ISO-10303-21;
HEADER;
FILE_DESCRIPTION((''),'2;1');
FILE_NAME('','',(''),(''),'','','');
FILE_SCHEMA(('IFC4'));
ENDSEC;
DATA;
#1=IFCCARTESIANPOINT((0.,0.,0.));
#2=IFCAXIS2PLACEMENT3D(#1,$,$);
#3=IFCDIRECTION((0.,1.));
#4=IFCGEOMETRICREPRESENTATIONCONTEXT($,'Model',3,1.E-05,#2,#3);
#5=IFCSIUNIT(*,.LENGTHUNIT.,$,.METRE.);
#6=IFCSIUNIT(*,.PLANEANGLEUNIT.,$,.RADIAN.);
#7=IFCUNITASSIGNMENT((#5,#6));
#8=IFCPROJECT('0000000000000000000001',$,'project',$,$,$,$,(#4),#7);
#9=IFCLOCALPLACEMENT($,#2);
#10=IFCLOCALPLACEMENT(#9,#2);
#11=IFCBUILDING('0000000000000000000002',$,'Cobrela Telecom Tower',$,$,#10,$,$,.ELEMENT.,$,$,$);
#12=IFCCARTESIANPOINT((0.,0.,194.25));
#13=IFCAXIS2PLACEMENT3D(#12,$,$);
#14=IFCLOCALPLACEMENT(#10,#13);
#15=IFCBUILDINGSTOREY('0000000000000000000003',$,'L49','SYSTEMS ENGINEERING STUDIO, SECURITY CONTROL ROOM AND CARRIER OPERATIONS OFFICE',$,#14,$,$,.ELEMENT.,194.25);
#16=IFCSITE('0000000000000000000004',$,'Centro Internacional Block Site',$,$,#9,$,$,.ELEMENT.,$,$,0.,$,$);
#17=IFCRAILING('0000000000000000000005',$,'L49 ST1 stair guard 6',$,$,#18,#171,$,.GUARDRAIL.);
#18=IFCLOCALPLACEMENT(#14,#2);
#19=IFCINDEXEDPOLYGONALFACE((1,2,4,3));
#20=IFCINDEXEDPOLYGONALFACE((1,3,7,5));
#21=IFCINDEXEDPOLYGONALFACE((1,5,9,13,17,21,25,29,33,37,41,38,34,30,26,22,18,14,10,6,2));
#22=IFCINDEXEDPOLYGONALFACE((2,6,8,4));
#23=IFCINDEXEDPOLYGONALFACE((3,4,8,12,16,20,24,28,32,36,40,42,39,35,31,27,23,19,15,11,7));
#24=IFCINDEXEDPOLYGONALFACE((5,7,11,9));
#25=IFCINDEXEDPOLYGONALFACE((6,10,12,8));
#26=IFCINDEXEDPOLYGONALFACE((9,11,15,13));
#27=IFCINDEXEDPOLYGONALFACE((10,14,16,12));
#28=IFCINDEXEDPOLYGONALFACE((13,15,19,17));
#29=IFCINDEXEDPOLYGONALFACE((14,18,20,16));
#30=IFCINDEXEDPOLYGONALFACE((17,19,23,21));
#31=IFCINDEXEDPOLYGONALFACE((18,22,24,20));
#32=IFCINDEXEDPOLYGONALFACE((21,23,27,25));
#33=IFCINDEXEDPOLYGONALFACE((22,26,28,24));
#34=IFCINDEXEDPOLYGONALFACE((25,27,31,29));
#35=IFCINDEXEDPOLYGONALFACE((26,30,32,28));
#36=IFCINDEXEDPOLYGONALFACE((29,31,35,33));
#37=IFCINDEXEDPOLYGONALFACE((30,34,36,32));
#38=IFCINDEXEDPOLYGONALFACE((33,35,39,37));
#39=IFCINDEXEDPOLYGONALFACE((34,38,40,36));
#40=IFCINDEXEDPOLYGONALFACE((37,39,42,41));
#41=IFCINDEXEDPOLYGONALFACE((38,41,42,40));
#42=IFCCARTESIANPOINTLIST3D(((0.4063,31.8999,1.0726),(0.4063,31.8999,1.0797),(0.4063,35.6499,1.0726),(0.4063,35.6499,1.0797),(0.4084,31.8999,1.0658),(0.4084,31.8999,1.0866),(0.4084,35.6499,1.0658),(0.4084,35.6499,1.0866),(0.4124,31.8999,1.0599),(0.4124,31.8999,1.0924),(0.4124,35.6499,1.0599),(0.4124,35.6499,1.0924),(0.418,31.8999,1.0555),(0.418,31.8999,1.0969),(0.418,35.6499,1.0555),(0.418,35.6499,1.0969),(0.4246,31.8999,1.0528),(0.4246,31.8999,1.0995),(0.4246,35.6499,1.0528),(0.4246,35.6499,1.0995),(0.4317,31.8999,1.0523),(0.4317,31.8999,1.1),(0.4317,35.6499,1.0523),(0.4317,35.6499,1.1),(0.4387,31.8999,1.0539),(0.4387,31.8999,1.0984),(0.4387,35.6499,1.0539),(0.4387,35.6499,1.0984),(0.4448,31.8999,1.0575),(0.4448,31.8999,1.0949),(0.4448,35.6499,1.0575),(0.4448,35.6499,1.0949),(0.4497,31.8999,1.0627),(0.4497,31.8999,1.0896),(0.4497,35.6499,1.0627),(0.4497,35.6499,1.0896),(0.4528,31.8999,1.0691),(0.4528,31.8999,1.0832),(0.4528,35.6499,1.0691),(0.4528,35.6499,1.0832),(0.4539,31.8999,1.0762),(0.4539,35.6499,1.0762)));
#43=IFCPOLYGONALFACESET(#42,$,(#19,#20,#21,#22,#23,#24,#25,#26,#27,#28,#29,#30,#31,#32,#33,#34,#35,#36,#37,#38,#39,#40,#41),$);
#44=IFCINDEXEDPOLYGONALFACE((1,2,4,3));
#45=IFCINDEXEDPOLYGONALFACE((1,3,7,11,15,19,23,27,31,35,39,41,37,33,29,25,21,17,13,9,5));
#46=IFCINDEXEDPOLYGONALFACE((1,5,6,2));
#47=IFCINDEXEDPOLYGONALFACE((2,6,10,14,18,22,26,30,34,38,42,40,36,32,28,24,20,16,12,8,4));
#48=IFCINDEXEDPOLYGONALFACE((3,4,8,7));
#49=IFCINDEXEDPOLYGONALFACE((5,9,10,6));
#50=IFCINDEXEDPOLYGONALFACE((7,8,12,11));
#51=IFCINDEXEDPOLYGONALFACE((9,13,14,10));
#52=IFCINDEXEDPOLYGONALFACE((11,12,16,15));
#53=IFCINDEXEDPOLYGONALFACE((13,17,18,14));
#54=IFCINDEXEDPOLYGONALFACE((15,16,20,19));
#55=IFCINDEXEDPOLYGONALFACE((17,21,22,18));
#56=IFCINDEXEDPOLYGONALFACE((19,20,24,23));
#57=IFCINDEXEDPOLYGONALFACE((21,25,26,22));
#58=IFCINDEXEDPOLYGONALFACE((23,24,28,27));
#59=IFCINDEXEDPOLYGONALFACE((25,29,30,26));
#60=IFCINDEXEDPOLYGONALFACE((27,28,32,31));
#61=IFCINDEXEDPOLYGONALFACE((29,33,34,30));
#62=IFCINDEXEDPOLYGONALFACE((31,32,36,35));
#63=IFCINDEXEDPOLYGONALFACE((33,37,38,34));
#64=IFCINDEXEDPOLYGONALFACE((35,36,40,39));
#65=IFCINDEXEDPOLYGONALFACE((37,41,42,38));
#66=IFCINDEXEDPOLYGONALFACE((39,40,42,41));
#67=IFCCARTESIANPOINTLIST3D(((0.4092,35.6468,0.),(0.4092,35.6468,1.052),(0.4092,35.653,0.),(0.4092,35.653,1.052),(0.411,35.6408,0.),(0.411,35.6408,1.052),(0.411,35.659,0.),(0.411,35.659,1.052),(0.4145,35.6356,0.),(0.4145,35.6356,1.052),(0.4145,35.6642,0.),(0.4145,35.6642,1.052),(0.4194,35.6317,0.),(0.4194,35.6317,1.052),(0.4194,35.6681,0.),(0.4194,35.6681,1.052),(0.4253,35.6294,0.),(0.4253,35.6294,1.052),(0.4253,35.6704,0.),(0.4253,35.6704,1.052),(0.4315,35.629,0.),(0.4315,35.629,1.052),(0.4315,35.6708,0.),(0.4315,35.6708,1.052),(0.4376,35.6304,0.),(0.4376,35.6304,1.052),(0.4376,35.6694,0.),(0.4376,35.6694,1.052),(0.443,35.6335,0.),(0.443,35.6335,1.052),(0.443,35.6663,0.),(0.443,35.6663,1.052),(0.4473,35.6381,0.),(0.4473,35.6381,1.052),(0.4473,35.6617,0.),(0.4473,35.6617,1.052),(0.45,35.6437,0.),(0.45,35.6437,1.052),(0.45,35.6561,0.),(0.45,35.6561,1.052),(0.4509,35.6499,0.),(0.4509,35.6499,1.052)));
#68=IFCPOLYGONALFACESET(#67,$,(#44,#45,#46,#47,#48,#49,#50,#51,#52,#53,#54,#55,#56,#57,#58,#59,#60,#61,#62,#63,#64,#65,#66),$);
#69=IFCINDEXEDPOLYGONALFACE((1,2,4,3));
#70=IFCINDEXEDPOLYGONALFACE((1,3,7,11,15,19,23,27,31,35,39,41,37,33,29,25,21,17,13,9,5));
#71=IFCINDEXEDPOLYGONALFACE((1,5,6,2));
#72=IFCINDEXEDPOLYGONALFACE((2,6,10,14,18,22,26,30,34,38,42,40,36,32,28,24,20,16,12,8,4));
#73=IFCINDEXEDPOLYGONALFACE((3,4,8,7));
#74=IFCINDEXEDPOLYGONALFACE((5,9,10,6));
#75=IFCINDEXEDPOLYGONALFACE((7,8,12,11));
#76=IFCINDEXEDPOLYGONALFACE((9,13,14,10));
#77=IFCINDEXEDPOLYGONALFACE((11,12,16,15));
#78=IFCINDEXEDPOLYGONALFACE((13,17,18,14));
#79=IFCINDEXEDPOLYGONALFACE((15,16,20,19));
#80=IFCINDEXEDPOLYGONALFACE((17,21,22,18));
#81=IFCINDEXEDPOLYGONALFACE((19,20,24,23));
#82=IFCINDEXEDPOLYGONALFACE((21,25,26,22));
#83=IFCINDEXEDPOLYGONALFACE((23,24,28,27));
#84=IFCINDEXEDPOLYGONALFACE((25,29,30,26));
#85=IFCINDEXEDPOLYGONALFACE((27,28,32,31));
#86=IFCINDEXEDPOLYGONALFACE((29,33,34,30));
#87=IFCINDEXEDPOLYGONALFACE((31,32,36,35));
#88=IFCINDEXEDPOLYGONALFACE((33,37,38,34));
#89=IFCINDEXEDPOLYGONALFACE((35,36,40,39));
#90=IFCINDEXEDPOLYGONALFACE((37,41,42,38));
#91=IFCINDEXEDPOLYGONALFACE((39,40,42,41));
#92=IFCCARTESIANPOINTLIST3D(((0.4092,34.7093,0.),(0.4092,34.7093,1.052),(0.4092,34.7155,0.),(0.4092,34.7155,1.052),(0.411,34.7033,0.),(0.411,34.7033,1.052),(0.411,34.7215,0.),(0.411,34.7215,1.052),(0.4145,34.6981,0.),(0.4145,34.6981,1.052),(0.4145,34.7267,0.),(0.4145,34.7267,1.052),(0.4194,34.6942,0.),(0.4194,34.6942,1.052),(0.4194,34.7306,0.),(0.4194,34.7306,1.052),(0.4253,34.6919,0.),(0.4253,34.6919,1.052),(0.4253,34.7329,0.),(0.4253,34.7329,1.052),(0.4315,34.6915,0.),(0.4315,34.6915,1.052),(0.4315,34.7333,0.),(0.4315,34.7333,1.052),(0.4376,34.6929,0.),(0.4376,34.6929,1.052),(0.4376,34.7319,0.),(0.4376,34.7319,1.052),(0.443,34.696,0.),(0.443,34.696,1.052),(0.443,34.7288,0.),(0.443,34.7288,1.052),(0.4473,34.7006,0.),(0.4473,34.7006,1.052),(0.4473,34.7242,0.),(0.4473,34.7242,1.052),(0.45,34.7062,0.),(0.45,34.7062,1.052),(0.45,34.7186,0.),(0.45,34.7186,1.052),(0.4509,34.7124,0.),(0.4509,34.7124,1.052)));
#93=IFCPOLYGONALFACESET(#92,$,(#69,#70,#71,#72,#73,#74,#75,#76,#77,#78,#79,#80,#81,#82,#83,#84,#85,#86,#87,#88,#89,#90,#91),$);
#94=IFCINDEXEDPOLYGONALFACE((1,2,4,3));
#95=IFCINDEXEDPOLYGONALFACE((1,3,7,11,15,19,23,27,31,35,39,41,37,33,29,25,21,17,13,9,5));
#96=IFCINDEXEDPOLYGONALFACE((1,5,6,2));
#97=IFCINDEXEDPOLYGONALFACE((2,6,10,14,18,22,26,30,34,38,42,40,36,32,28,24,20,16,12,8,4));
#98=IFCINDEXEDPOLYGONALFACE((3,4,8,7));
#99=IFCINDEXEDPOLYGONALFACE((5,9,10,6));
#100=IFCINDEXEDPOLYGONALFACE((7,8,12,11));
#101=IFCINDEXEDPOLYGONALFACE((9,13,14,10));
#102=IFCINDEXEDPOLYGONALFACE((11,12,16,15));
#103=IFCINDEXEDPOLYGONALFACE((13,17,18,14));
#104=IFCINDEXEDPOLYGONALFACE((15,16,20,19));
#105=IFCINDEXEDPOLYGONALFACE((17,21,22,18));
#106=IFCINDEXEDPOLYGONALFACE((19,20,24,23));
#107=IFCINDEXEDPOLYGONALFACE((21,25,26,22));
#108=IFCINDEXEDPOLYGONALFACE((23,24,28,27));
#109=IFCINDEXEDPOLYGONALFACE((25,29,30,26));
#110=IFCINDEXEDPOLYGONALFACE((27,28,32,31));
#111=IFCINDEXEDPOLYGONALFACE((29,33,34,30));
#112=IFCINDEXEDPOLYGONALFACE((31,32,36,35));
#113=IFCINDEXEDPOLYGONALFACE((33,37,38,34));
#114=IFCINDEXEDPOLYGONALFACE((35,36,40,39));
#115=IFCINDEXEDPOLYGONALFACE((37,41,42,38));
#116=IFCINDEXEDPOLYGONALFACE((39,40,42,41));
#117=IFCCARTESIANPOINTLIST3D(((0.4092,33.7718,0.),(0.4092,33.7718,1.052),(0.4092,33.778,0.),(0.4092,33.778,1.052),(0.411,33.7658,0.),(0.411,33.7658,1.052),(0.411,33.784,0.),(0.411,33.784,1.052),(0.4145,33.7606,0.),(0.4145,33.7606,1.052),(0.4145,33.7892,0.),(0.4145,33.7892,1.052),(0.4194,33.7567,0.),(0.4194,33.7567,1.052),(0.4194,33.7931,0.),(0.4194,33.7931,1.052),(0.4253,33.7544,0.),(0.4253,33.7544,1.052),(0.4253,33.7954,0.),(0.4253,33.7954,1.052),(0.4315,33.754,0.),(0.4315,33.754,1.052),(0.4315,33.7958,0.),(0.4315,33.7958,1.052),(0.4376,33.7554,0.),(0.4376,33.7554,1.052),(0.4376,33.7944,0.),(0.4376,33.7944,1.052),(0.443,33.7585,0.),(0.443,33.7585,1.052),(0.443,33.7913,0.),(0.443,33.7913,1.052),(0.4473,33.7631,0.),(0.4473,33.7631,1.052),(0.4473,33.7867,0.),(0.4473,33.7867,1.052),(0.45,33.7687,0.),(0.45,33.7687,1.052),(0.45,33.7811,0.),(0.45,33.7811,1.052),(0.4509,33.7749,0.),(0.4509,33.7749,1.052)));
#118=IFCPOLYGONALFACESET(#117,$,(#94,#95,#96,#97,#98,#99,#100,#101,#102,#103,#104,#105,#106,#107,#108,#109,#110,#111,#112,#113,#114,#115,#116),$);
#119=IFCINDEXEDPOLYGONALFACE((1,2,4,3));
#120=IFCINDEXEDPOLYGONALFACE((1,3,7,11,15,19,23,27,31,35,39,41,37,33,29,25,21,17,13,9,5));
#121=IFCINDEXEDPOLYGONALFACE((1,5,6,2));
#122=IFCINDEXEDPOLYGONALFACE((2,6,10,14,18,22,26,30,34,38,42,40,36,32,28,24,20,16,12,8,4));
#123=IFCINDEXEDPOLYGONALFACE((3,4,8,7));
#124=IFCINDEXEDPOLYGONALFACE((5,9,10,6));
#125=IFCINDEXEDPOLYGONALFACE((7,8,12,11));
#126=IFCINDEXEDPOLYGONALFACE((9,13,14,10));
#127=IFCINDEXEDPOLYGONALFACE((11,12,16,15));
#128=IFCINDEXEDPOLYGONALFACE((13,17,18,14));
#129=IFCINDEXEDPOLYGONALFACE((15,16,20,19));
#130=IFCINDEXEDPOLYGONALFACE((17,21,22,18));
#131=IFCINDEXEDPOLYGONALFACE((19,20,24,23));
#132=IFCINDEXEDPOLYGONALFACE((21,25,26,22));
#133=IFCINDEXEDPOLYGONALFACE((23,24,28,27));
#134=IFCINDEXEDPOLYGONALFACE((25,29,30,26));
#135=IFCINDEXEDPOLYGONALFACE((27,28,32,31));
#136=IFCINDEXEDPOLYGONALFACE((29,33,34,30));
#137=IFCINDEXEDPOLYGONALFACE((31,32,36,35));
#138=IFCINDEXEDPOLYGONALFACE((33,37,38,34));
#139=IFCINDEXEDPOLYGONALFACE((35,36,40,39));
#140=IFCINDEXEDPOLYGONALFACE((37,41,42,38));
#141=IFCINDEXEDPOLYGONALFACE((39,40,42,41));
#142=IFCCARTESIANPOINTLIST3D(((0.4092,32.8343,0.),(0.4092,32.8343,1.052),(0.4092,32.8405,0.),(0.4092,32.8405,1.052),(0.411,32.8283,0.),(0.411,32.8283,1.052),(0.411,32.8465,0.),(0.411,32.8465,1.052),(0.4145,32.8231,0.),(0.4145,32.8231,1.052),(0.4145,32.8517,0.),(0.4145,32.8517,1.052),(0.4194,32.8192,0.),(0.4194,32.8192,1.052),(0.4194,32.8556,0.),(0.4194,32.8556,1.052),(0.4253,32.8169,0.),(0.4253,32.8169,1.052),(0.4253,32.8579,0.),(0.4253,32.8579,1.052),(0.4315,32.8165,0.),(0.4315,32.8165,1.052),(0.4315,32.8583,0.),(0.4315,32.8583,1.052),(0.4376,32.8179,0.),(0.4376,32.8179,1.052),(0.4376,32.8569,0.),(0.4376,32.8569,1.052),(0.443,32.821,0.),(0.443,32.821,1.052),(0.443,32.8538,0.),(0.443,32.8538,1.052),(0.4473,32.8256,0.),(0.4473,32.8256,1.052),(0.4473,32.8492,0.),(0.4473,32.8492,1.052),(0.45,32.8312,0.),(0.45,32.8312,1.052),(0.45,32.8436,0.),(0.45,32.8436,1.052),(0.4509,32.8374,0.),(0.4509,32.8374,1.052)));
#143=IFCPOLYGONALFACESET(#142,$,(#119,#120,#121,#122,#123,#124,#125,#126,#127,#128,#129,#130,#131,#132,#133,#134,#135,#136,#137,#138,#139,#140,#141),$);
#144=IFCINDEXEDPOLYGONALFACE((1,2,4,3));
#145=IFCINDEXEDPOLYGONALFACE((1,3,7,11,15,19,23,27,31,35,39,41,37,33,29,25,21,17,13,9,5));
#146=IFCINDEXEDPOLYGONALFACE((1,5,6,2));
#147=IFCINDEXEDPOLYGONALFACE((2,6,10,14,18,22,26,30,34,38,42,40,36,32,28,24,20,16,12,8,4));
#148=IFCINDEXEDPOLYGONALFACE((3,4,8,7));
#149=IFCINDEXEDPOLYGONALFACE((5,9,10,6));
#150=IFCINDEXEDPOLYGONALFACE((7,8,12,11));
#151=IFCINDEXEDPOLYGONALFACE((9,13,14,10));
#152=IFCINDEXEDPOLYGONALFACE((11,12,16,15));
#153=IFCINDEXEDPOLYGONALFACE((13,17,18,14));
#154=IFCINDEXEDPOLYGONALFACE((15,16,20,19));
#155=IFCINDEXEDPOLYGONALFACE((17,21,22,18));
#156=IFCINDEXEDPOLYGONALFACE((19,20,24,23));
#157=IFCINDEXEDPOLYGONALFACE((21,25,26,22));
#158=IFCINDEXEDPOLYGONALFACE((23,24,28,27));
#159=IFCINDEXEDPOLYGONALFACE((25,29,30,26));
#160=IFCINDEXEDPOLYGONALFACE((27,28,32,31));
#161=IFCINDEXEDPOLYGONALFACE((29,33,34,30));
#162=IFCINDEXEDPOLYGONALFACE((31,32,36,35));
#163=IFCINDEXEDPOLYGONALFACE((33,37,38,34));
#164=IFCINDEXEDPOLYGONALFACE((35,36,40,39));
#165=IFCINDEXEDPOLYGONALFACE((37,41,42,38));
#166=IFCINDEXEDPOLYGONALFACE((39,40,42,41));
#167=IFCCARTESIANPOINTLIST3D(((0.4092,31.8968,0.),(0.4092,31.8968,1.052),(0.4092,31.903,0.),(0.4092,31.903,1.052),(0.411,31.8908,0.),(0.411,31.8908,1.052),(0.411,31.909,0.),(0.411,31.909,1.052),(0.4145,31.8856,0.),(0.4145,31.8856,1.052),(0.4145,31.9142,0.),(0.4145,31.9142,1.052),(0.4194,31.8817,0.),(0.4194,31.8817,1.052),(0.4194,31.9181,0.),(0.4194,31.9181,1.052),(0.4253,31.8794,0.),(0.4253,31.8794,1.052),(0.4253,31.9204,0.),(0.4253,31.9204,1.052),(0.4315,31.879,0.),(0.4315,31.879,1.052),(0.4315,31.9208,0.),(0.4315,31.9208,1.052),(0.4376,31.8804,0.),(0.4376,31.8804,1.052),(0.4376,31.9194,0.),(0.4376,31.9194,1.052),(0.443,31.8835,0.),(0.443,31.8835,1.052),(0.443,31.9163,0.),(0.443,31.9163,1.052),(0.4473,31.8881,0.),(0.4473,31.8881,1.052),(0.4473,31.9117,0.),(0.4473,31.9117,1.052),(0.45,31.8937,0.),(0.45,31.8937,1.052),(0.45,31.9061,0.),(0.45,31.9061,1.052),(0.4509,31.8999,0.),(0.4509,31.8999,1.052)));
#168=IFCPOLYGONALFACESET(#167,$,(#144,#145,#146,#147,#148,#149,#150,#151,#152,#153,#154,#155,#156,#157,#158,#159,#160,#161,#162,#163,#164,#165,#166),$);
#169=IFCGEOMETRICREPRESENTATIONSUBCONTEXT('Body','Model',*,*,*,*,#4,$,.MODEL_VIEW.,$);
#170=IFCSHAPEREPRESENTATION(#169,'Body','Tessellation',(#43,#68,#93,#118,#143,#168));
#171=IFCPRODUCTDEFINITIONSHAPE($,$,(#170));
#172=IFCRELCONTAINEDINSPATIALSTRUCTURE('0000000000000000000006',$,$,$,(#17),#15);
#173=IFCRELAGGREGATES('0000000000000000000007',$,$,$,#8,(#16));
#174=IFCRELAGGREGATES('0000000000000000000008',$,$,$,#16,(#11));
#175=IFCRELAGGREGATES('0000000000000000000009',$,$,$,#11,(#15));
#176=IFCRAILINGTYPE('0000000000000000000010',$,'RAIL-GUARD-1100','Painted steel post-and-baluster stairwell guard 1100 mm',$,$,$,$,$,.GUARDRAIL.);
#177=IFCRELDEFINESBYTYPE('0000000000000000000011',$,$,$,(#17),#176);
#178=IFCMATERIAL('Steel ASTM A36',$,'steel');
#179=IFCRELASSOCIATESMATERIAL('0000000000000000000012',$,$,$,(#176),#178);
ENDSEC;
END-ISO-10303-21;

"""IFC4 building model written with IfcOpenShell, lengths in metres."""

from ifc_helpers import new_model, si_unit, direction, frame, origin, origin_2d, place, context, subcontext, project, spatial, circle, extrude, material, type_object, element, save


model = new_model("IFC4")

# Units and contexts
model_context = context("Model", 3, precision=1e-05, world=origin(), true_north=direction((0.0, 1.0)))
body_context = subcontext(model_context, "Body", "Model", "MODEL_VIEW")
ifc_project = project(units=[si_unit("LENGTHUNIT", "METRE"), si_unit("PLANEANGLEUNIT", "RADIAN")], contexts=[model_context])

# Site, building, storey
site_placement = place(None, origin())
site = spatial("IfcSite", under=ifc_project, at=site_placement, Name="Centro Internacional Block Site", CompositionType="ELEMENT", RefElevation=0.0)
building_placement = place(site_placement, origin())
building = spatial("IfcBuilding", under=site, at=building_placement, Name="Cobrela Telecom Tower", CompositionType="ELEMENT")
storey_placement = place(building_placement, frame((0.0, 0.0, 194.25)))
storey = spatial("IfcBuildingStorey", under=building, at=storey_placement, Name="L49", Description="SYSTEMS ENGINEERING STUDIO, SECURITY CONTROL ROOM AND CARRIER OPERATIONS OFFICE", CompositionType="ELEMENT", Elevation=194.25)

# Shared definitions
ifc_material_1 = material(Name="Steel ASTM A36", Category="steel")

# Railing
railing_type_1 = type_object("IfcRailingType", Name="RAIL-GUARD-1100", Description="Painted steel post-and-baluster stairwell guard 1100 mm", PredefinedType="GUARDRAIL", material=ifc_material_1)
railing_1_placement = place(storey_placement, frame((0.4299, 35.6499, 0.0)))
element("IfcRailing", 1, at=railing_1_placement, inside=storey, type_object=railing_type_1, Name="L49 ST1 stair guard 6", PredefinedType="GUARDRAIL", context=body_context, shape_type="SweptSolid", body=[
    extrude(circle(Radius=0.0239, at=origin_2d()), frame((0.0, 0.0, 1.0762), z_axis=(0.0, -1.0, 0.0), x_axis=(1.0, 0.0, 0.0)), (0.0, 0.0, 1.0), 3.75),
    extrude(circle(Radius=0.021, at=origin_2d()), origin(), (0.0, 0.0, 1.0), 1.052),
    extrude(circle(Radius=0.021, at=origin_2d()), frame((0.0, -0.9375, 0.0)), (0.0, 0.0, 1.0), 1.052),
    extrude(circle(Radius=0.021, at=origin_2d()), frame((0.0, -1.875, 0.0)), (0.0, 0.0, 1.0), 1.052),
    extrude(circle(Radius=0.021, at=origin_2d()), frame((0.0, -2.8125, 0.0)), (0.0, 0.0, 1.0), 1.052),
    extrude(circle(Radius=0.021, at=origin_2d()), frame((0.0, -3.75, 0.0)), (0.0, 0.0, 1.0), 1.052),
])

save(model, "model.ifc")
